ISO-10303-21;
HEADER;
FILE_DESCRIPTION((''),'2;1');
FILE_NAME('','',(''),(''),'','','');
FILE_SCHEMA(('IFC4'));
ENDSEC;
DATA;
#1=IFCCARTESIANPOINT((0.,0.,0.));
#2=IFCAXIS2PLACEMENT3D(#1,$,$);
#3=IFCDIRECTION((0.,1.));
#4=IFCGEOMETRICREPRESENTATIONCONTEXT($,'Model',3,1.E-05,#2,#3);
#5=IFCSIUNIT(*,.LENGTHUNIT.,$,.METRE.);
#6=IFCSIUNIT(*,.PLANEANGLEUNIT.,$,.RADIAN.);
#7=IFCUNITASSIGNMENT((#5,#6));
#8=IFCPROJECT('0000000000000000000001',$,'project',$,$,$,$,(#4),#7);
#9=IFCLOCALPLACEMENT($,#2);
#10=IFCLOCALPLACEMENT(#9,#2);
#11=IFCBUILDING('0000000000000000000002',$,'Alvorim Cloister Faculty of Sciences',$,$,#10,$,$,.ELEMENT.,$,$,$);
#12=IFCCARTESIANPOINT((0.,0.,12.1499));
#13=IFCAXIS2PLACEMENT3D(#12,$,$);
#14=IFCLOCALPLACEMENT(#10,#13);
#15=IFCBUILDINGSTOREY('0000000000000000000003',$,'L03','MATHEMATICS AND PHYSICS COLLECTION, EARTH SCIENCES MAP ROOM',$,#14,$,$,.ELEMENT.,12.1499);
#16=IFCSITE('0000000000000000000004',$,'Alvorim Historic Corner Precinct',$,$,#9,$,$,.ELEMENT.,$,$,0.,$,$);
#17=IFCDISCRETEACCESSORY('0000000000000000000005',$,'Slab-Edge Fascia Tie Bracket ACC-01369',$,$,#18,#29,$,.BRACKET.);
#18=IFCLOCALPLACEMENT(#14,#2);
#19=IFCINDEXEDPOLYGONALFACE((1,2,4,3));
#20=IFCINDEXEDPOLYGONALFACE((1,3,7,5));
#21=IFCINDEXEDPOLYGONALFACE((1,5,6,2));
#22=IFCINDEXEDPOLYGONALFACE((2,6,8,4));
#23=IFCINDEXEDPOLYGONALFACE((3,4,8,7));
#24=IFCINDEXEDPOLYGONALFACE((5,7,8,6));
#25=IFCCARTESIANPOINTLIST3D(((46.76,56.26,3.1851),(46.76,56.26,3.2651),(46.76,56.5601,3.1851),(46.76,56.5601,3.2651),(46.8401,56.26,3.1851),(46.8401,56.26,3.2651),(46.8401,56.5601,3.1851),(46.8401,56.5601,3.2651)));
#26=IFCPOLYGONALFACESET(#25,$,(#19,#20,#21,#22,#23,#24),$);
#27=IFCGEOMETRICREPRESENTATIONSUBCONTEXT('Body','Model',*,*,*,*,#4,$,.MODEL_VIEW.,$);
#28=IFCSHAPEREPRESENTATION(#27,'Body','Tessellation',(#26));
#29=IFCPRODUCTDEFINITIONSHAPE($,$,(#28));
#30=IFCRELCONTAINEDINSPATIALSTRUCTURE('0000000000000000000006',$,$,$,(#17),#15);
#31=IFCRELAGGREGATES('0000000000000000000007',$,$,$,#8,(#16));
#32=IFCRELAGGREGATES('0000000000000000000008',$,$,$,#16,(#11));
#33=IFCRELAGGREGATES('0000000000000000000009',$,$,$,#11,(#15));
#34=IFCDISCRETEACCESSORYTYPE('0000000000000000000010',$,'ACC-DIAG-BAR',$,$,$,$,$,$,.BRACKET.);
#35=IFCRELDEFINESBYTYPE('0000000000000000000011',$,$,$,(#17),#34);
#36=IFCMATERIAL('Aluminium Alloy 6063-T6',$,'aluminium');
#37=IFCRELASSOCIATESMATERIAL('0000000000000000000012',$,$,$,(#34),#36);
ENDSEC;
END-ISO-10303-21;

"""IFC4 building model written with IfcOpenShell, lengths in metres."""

from ifc_helpers import new_model, si_unit, direction, frame, origin, origin_2d, place, context, subcontext, project, spatial, rectangle, extrude, material, type_object, element, save


model = new_model("IFC4")

# Units and contexts
model_context = context("Model", 3, precision=1e-05, world=origin(), true_north=direction((0.0, 1.0)))
body_context = subcontext(model_context, "Body", "Model", "MODEL_VIEW")
ifc_project = project(units=[si_unit("LENGTHUNIT", "METRE"), si_unit("PLANEANGLEUNIT", "RADIAN")], contexts=[model_context])

# Site, building, storey
site_placement = place(None, origin())
site = spatial("IfcSite", under=ifc_project, at=site_placement, Name="Alvorim Historic Corner Precinct", CompositionType="ELEMENT", RefElevation=0.0)
building_placement = place(site_placement, origin())
building = spatial("IfcBuilding", under=site, at=building_placement, Name="Alvorim Cloister Faculty of Sciences", CompositionType="ELEMENT")
storey_placement = place(building_placement, frame((0.0, 0.0, 12.1499)))
storey = spatial("IfcBuildingStorey", under=building, at=storey_placement, Name="L03", Description="MATHEMATICS AND PHYSICS COLLECTION, EARTH SCIENCES MAP ROOM", CompositionType="ELEMENT", Elevation=12.1499)

# Shared definitions
ifc_material_1 = material(Name="Aluminium Alloy 6063-T6", Category="aluminium")

# Discrete accessory
discrete_accessory_type = type_object("IfcDiscreteAccessoryType", Name="ACC-DIAG-BAR", PredefinedType="BRACKET", material=ifc_material_1)
discrete_accessory_placement = place(storey_placement, frame((46.8, 56.26, 3.2251), z_axis=(0.0, 1.0, 0.0), x_axis=(-1.0, 0.0, 0.0)))
element("IfcDiscreteAccessory", 1, at=discrete_accessory_placement, inside=storey, type_object=discrete_accessory_type, Name="Slab-Edge Fascia Tie Bracket ACC-01369", PredefinedType="BRACKET", context=body_context, shape_type="SweptSolid", body=[
    extrude(rectangle(XDim=0.0801, YDim=0.0801, at=origin_2d()), origin(), (0.0, 0.0, 1.0), 0.3),
])

save(model, "model.ifc")
